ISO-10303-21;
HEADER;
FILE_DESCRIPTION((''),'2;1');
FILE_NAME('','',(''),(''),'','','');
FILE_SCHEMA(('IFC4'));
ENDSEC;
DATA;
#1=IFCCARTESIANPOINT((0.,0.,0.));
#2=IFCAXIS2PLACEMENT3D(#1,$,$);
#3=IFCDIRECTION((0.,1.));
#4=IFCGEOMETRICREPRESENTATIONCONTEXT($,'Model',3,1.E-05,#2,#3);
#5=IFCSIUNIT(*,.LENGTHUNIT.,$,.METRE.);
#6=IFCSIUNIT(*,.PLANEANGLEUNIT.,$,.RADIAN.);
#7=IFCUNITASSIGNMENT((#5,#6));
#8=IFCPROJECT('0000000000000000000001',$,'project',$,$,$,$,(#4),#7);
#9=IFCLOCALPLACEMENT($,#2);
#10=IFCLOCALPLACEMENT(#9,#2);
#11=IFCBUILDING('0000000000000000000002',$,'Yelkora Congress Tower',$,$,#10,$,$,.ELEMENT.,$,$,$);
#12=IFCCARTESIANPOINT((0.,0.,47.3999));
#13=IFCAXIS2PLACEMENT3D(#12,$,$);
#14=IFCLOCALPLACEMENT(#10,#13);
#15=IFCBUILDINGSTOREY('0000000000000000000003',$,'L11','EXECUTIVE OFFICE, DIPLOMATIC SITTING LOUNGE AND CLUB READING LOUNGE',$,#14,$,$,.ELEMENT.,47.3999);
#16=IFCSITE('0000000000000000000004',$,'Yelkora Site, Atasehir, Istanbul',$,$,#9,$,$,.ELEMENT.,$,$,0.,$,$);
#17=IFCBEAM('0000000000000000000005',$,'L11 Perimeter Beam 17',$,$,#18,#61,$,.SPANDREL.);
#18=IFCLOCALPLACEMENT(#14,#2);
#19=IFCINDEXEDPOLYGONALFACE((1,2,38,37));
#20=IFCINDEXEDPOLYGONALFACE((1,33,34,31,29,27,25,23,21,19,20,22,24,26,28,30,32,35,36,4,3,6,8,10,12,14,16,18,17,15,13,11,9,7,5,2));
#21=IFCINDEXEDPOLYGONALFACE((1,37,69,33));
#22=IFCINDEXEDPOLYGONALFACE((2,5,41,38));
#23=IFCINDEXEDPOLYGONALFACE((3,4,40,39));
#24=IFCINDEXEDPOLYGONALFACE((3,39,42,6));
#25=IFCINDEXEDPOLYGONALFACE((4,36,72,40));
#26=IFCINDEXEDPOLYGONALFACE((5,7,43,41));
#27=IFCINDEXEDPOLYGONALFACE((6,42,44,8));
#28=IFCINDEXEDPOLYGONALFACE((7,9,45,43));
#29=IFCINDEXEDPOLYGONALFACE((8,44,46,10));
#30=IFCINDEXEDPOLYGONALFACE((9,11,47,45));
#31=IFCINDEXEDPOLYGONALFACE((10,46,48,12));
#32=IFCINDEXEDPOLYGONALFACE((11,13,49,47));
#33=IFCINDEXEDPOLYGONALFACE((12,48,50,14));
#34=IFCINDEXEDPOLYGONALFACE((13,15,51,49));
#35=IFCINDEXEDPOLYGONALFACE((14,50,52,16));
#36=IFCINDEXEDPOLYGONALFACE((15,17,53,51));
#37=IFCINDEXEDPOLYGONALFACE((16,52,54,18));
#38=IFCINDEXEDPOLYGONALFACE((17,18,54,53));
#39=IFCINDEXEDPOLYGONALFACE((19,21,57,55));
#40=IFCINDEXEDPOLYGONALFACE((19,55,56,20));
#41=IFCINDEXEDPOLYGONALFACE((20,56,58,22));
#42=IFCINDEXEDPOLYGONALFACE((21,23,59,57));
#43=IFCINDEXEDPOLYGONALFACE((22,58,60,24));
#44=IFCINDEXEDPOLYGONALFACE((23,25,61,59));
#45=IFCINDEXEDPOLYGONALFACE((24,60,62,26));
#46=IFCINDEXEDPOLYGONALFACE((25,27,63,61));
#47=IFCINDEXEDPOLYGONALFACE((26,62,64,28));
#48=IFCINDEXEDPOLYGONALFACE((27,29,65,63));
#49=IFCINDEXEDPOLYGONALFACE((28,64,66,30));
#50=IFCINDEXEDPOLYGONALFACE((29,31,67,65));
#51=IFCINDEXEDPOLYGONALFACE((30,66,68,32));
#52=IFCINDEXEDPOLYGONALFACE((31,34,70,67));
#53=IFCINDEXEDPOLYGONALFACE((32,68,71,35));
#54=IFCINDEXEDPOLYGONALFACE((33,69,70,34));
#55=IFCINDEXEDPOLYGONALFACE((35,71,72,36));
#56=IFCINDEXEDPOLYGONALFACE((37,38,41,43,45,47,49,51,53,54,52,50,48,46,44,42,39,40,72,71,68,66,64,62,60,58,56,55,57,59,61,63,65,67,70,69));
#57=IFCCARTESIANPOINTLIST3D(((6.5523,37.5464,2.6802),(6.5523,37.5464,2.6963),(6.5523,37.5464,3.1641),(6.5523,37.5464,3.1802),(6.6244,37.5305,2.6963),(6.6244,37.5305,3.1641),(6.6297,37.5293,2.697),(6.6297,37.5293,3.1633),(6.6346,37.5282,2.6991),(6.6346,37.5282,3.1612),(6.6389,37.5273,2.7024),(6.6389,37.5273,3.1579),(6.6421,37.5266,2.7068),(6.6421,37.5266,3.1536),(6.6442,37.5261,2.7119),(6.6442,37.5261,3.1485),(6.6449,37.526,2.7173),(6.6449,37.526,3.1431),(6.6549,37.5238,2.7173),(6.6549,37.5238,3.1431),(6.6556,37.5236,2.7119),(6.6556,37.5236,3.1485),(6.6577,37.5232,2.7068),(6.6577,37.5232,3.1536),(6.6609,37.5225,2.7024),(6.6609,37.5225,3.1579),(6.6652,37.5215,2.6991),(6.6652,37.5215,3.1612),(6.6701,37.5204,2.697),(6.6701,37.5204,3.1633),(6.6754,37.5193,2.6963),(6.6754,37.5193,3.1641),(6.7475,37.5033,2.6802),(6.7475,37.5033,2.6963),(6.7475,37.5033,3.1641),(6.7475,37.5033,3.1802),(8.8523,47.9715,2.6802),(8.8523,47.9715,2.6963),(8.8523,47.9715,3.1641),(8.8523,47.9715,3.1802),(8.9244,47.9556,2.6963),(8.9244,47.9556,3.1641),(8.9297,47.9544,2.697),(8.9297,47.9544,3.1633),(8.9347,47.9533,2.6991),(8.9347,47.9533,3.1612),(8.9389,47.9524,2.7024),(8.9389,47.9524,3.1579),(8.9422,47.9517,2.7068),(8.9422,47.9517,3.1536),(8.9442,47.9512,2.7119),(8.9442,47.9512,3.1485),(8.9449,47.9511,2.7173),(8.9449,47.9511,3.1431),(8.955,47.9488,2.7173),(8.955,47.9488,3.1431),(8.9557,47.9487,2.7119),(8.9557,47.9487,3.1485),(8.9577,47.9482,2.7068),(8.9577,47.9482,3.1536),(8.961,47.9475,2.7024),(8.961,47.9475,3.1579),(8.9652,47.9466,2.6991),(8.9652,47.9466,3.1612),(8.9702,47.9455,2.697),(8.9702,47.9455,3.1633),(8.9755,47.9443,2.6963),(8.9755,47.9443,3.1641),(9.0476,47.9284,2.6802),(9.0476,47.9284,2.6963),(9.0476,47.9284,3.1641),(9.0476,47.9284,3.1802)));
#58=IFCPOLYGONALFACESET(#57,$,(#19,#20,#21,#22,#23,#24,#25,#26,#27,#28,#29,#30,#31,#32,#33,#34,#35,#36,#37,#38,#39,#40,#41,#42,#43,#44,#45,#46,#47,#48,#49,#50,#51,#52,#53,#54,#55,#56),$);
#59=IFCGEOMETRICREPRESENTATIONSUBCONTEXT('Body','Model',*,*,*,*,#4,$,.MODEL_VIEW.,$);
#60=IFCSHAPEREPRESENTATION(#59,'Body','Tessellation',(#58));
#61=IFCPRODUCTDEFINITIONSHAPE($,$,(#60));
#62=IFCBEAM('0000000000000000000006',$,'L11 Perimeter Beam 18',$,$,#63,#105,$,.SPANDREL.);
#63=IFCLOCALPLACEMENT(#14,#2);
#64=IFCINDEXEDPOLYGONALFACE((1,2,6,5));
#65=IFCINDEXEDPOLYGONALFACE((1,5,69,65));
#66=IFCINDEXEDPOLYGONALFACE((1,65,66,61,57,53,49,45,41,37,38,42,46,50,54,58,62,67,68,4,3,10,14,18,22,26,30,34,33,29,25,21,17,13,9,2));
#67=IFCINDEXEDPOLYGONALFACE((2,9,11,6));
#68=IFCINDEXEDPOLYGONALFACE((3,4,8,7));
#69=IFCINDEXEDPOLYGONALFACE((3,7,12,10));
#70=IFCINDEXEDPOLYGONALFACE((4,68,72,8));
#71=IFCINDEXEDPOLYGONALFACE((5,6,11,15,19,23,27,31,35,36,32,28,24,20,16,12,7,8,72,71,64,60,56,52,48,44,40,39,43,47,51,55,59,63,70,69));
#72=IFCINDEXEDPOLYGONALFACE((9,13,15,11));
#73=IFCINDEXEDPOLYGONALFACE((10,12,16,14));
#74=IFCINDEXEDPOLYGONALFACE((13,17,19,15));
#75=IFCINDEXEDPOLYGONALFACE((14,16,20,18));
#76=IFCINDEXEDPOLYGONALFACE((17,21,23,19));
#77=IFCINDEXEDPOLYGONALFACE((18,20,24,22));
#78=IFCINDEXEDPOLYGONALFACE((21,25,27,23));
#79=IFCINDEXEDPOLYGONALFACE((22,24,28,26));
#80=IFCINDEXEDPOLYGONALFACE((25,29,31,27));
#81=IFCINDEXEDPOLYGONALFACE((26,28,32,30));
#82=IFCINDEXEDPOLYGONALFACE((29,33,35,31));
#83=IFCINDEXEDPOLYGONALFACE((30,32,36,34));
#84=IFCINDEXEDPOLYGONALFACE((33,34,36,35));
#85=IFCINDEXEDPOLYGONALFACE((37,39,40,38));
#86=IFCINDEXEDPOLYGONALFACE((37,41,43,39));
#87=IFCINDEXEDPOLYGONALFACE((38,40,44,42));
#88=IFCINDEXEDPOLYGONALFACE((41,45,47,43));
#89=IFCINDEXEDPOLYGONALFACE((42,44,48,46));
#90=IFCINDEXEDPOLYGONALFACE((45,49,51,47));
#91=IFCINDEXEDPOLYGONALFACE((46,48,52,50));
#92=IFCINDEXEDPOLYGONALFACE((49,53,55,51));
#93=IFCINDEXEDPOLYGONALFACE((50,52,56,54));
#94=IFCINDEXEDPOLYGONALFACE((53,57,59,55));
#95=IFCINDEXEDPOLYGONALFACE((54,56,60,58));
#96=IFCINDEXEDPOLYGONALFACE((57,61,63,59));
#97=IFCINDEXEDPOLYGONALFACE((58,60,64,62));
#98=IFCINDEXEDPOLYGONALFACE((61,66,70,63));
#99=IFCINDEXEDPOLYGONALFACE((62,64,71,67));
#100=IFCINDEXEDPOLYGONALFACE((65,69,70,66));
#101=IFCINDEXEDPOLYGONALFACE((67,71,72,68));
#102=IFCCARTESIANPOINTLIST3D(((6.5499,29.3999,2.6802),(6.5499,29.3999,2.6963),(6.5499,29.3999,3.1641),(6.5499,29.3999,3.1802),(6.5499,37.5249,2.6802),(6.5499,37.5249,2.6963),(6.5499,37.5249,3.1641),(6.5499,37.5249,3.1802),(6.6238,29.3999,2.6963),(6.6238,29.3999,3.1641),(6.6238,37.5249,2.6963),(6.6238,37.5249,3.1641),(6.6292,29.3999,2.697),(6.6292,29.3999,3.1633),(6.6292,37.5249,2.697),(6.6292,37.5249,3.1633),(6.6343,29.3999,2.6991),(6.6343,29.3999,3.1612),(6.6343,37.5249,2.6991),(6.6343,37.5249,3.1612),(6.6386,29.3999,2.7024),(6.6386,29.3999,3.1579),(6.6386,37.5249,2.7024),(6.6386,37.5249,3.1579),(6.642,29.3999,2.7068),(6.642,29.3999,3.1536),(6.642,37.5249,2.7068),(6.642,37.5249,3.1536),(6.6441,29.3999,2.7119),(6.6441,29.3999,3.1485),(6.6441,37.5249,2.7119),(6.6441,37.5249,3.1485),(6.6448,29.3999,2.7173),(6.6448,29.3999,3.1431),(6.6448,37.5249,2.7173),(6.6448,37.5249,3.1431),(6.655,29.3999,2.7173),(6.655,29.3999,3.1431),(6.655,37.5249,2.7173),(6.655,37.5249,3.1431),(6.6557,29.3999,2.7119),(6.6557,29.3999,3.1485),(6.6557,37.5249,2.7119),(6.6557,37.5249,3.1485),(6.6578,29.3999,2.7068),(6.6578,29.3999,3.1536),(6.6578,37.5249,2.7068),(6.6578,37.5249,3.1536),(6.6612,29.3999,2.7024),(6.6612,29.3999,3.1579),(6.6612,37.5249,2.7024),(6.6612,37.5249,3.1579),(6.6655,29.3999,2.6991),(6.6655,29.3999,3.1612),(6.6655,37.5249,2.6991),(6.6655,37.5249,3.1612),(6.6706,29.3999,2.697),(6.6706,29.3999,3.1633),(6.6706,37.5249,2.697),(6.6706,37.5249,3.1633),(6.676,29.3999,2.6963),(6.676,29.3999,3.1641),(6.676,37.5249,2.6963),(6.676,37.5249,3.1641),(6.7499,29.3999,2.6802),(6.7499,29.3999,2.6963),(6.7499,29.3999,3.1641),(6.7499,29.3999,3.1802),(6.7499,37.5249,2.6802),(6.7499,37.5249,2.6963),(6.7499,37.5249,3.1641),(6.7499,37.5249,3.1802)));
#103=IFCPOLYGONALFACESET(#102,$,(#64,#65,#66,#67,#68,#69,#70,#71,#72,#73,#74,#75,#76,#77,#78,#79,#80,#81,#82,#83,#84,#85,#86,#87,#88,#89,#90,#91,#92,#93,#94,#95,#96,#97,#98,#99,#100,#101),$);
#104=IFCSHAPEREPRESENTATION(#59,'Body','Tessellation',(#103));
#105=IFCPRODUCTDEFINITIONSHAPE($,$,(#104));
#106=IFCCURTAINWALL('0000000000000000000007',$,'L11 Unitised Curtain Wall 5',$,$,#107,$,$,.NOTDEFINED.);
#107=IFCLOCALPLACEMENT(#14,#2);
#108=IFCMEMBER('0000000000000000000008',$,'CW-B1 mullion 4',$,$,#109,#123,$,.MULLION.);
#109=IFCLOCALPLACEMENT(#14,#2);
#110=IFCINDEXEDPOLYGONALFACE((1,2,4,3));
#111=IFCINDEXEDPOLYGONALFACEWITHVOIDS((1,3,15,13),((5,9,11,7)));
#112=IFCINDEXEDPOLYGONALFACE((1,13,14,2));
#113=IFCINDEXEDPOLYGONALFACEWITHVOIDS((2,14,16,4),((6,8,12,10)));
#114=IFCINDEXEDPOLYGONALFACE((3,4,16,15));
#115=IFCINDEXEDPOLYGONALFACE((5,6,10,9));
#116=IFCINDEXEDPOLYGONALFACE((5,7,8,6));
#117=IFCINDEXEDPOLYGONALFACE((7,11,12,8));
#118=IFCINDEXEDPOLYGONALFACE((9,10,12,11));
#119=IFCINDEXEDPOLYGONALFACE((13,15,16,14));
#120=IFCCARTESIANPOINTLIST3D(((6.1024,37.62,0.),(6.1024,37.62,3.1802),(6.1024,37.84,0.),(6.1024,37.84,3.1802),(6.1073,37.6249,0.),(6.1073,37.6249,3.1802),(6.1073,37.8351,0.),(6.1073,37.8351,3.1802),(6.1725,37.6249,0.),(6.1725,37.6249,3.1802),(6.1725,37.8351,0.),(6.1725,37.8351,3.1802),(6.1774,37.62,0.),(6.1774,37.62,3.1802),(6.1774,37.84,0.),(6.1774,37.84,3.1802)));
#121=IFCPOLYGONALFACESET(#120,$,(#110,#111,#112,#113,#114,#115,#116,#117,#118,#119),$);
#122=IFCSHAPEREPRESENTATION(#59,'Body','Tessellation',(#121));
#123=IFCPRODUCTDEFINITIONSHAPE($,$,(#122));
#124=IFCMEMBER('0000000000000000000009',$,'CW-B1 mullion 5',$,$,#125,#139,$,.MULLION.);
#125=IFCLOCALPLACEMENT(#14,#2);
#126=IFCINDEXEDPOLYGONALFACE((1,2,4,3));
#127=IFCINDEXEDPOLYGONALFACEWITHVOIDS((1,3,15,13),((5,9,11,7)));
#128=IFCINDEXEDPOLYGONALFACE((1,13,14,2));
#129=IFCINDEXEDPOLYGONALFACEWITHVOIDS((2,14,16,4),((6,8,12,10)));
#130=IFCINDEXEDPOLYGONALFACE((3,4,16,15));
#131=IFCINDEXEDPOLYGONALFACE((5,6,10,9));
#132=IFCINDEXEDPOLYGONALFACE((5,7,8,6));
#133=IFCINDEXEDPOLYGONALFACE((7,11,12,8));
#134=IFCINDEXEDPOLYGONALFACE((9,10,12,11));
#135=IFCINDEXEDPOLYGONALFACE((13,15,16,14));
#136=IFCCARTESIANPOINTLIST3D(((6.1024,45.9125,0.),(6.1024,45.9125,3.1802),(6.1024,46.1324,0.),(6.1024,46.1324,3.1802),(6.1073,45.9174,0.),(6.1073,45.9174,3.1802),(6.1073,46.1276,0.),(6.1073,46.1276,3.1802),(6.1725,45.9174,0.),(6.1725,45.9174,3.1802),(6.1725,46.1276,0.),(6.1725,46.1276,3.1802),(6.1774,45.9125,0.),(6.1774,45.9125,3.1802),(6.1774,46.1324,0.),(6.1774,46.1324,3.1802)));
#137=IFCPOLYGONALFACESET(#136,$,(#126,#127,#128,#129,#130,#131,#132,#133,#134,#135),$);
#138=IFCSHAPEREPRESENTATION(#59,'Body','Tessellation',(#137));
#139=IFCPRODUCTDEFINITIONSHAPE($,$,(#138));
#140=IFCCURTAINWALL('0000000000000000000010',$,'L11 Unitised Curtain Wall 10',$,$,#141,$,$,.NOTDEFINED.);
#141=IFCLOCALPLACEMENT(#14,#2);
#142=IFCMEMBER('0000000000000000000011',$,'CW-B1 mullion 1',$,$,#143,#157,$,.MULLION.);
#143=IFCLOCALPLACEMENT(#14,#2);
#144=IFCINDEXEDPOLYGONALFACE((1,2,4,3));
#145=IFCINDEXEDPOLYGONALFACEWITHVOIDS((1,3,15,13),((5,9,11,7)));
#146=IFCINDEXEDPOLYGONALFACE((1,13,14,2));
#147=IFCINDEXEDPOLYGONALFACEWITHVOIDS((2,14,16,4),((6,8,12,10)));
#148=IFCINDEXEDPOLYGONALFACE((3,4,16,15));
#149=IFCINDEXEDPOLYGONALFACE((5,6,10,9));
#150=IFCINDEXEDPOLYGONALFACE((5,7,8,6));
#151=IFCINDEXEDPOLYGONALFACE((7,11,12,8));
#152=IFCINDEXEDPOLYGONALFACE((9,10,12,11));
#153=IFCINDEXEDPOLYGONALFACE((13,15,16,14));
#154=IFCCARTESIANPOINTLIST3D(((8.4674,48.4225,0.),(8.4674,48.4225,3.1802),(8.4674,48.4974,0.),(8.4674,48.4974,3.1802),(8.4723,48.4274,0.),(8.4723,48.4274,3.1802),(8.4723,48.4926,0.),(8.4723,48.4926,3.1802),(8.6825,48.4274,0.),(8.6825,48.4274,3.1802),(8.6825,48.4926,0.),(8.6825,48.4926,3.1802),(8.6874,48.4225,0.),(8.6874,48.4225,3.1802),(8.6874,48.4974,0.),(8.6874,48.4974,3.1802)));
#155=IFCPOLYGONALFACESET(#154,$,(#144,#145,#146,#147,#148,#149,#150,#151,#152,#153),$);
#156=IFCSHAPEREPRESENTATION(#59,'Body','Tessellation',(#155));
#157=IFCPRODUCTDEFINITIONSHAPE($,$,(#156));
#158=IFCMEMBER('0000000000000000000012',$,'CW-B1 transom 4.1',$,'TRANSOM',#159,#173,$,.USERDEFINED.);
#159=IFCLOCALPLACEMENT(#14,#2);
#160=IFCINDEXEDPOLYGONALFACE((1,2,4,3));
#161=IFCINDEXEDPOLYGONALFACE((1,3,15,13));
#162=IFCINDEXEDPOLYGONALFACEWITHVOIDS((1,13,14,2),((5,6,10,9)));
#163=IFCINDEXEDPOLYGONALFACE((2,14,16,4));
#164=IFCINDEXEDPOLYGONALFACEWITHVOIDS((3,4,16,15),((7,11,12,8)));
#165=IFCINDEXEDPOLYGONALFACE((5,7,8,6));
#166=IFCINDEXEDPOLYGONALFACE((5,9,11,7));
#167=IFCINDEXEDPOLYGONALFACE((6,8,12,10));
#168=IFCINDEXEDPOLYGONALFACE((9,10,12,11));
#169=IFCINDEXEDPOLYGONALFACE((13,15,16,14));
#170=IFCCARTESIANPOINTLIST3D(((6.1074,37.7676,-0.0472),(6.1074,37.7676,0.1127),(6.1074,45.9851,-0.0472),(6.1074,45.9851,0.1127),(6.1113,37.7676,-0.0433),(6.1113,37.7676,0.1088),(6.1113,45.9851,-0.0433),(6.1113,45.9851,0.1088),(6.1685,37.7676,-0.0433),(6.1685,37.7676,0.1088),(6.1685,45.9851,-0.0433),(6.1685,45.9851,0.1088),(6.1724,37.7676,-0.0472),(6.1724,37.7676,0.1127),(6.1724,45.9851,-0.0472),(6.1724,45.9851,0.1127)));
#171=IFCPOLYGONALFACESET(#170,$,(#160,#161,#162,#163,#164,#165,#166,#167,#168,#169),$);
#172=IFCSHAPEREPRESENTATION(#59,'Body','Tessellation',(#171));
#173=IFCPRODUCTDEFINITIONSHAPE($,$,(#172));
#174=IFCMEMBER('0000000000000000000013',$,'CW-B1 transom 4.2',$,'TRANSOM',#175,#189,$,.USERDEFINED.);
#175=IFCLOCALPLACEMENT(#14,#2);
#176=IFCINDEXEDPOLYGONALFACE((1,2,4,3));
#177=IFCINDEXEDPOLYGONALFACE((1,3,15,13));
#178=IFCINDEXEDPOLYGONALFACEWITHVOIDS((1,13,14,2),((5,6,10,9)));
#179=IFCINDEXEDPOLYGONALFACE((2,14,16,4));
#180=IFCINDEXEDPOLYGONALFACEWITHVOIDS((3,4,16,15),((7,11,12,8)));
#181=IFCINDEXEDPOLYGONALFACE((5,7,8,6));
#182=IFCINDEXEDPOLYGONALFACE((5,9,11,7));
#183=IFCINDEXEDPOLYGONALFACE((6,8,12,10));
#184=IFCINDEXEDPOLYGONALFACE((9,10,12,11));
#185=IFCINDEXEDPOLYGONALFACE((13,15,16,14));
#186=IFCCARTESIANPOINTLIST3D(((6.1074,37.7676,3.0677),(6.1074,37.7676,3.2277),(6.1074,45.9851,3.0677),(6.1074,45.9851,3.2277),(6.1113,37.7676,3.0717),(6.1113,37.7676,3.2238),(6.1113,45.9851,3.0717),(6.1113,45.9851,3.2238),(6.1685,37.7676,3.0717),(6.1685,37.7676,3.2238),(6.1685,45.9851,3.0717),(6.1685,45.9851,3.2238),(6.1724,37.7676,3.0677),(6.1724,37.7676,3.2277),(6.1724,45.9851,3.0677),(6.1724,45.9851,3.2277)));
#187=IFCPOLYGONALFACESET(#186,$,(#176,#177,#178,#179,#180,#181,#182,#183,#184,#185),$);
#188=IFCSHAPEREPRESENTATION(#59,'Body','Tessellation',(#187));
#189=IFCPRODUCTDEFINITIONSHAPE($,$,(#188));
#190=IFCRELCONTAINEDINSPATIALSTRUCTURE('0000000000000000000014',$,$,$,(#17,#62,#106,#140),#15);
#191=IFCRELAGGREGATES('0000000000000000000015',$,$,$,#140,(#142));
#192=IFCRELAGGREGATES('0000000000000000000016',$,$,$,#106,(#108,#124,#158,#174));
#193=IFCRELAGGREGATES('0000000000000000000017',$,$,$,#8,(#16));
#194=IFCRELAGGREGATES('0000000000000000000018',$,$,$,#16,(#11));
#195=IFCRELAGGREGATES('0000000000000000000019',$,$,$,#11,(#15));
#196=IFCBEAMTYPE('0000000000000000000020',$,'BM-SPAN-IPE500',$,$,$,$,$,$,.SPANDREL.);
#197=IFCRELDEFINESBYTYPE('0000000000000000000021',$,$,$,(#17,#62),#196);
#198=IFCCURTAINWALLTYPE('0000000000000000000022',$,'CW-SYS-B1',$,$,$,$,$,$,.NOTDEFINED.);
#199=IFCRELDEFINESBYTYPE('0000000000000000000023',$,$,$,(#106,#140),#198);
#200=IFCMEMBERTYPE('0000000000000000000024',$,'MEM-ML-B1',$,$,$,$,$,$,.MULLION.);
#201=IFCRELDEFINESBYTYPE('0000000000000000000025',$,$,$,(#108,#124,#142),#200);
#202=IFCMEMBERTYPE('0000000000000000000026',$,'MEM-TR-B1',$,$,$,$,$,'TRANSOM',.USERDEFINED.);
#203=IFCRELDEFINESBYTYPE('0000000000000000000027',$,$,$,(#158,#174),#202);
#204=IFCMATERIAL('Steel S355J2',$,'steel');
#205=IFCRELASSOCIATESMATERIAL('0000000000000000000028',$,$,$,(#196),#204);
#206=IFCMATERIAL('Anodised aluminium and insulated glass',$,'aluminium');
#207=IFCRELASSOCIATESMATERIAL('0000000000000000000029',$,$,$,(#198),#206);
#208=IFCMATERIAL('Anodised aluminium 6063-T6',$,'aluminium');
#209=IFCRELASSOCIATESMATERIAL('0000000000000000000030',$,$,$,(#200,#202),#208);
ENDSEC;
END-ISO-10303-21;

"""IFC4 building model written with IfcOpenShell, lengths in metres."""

from ifc_helpers import new_model, si_unit, direction, frame, origin, origin_2d, place, context, subcontext, project, spatial, hollow_rectangle, i_section, extrude, material, material_profile, profile_set, type_object, element, aggregate, save


model = new_model("IFC4")

# Units and contexts
model_context = context("Model", 3, precision=1e-05, world=origin(), true_north=direction((0.0, 1.0)))
body_context = subcontext(model_context, "Body", "Model", "MODEL_VIEW")
ifc_project = project(units=[si_unit("LENGTHUNIT", "METRE"), si_unit("PLANEANGLEUNIT", "RADIAN")], contexts=[model_context])

# Site, building, storey
site_placement = place(None, origin())
site = spatial("IfcSite", under=ifc_project, at=site_placement, Name="Yelkora Site, Atasehir, Istanbul", CompositionType="ELEMENT", RefElevation=0.0)
building_placement = place(site_placement, origin())
building = spatial("IfcBuilding", under=site, at=building_placement, Name="Yelkora Congress Tower", CompositionType="ELEMENT")
storey_placement = place(building_placement, frame((0.0, 0.0, 47.3999)))
storey = spatial("IfcBuildingStorey", under=building, at=storey_placement, Name="L11", Description="EXECUTIVE OFFICE, DIPLOMATIC SITTING LOUNGE AND CLUB READING LOUNGE", CompositionType="ELEMENT", Elevation=47.3999)

# Beams
ifc_material_1 = material(Name="Steel S355J2", Category="steel")
ifc_material_profile_1 = material_profile(ifc_material_1, i_section(OverallWidth=0.2, OverallDepth=0.5, WebThickness=0.0103, FlangeThickness=0.0161, FilletRadius=0.021, at=origin_2d()), Name="IPE 500")
ifc_profile_set_1 = profile_set([ifc_material_profile_1], Name="Steel S355J2")
beam_type_1 = type_object("IfcBeamType", Name="BM-SPAN-IPE500", PredefinedType="SPANDREL", material=ifc_profile_set_1)
beam_1_placement = place(storey_placement, frame((8.95, 47.95, 2.9302), z_axis=(-0.215446, -0.976516, 0.0), x_axis=(0.976516, -0.215446, 0.0)))
element("IfcBeam", 1, at=beam_1_placement, inside=storey, type_object=beam_type_1, Name="L11 Perimeter Beam 17", PredefinedType="SPANDREL", context=body_context, shape_type="SweptSolid", body=[
    extrude(i_section(OverallWidth=0.2, OverallDepth=0.5, WebThickness=0.0103, FlangeThickness=0.0161, FilletRadius=0.021, at=origin_2d()), origin(), (0.0, 0.0, 1.0), 10.6758),
])
beam_2_placement = place(storey_placement, frame((6.6499, 37.5249, 2.9302), z_axis=(0.0, -1.0, 0.0), x_axis=(1.0, 0.0, 0.0)))
element("IfcBeam", 2, at=beam_2_placement, inside=storey, type_object=beam_type_1, Name="L11 Perimeter Beam 18", PredefinedType="SPANDREL", context=body_context, shape_type="SweptSolid", body=[
    extrude(i_section(OverallWidth=0.2, OverallDepth=0.5, WebThickness=0.0103, FlangeThickness=0.0161, FilletRadius=0.021, at=origin_2d()), origin(), (0.0, 0.0, 1.0), 8.125),
])

# Curtain wall, members
ifc_material_2 = material(Name="Anodised aluminium and insulated glass", Category="aluminium")
curtain_wall_type = type_object("IfcCurtainWallType", Name="CW-SYS-B1", PredefinedType="NOTDEFINED", material=ifc_material_2)
curtain_wall_1_placement = place(storey_placement, origin())
curtain_wall_1 = element("IfcCurtainWall", 3, at=curtain_wall_1_placement, inside=storey, type_object=curtain_wall_type, Name="L11 Unitised Curtain Wall 5", PredefinedType="NOTDEFINED")
ifc_material_3 = material(Name="Anodised aluminium 6063-T6", Category="aluminium")
ifc_material_profile_2 = material_profile(ifc_material_3, hollow_rectangle(XDim=0.075, YDim=0.22, WallThickness=0.0049, at=origin_2d()), Name="ALU 75x220x5")
ifc_profile_set_2 = profile_set([ifc_material_profile_2], Name="Anodised aluminium 6063-T6")
member_type_1 = type_object("IfcMemberType", Name="MEM-ML-B1", PredefinedType="MULLION", material=ifc_profile_set_2)
member_1_placement = place(storey_placement, frame((6.1399, 37.73, 0.0), z_axis=(0.0, 0.0, 1.0), x_axis=(-1.0, 0.0, 0.0)))
member_1 = element("IfcMember", 4, at=member_1_placement, type_object=member_type_1, Name="CW-B1 mullion 4", PredefinedType="MULLION", context=body_context, shape_type="SweptSolid", body=[
    extrude(hollow_rectangle(XDim=0.075, YDim=0.22, WallThickness=0.0049, at=origin_2d()), origin(), (0.0, 0.0, 1.0), 3.1802),
])
member_2_placement = place(storey_placement, frame((6.1399, 46.0225, 0.0), z_axis=(0.0, 0.0, 1.0), x_axis=(-1.0, 0.0, 0.0)))
member_2 = element("IfcMember", 5, at=member_2_placement, type_object=member_type_1, Name="CW-B1 mullion 5", PredefinedType="MULLION", context=body_context, shape_type="SweptSolid", body=[
    extrude(hollow_rectangle(XDim=0.075, YDim=0.22, WallThickness=0.0049, at=origin_2d()), origin(), (0.0, 0.0, 1.0), 3.1802),
])

# Curtain wall, member
curtain_wall_2_placement = place(storey_placement, origin())
curtain_wall_2 = element("IfcCurtainWall", 6, at=curtain_wall_2_placement, inside=storey, type_object=curtain_wall_type, Name="L11 Unitised Curtain Wall 10", PredefinedType="NOTDEFINED")
member_3_placement = place(storey_placement, frame((8.5774, 48.46, 0.0), z_axis=(0.0, 0.0, 1.0), x_axis=(0.0, 1.0, 0.0)))
member_3 = element("IfcMember", 7, at=member_3_placement, type_object=member_type_1, Name="CW-B1 mullion 1", PredefinedType="MULLION", context=body_context, shape_type="SweptSolid", body=[
    extrude(hollow_rectangle(XDim=0.075, YDim=0.22, WallThickness=0.0049, at=origin_2d()), origin(), (0.0, 0.0, 1.0), 3.1802),
])

# Members
ifc_material_profile_3 = material_profile(ifc_material_3, hollow_rectangle(XDim=0.0649, YDim=0.1599, WallThickness=0.0039, at=origin_2d()), Name="ALU 65x160x4")
ifc_profile_set_3 = profile_set([ifc_material_profile_3], Name="Anodised aluminium 6063-T6")
member_type_2 = type_object("IfcMemberType", Name="MEM-TR-B1", ElementType="TRANSOM", PredefinedType="USERDEFINED", material=ifc_profile_set_3)
member_4_placement = place(storey_placement, frame((6.1399, 37.7676, 0.0327), z_axis=(0.0, 1.0, 0.0), x_axis=(-1.0, 0.0, 0.0)))
member_4 = element("IfcMember", 8, at=member_4_placement, type_object=member_type_2, Name="CW-B1 transom 4.1", ObjectType="TRANSOM", PredefinedType="USERDEFINED", context=body_context, shape_type="SweptSolid", body=[
    extrude(hollow_rectangle(XDim=0.0649, YDim=0.1599, WallThickness=0.0039, at=origin_2d()), origin(), (0.0, 0.0, 1.0), 8.2175),
])
member_5_placement = place(storey_placement, frame((6.1399, 37.7676, 3.1477), z_axis=(0.0, 1.0, 0.0), x_axis=(-1.0, 0.0, 0.0)))
member_5 = element("IfcMember", 9, at=member_5_placement, type_object=member_type_2, Name="CW-B1 transom 4.2", ObjectType="TRANSOM", PredefinedType="USERDEFINED", context=body_context, shape_type="SweptSolid", body=[
    extrude(hollow_rectangle(XDim=0.0649, YDim=0.1599, WallThickness=0.0039, at=origin_2d()), origin(), (0.0, 0.0, 1.0), 8.2175),
])
aggregate(curtain_wall_2, [member_3])

aggregate(curtain_wall_1, [member_1, member_2, member_4, member_5])

save(model, "model.ifc")
